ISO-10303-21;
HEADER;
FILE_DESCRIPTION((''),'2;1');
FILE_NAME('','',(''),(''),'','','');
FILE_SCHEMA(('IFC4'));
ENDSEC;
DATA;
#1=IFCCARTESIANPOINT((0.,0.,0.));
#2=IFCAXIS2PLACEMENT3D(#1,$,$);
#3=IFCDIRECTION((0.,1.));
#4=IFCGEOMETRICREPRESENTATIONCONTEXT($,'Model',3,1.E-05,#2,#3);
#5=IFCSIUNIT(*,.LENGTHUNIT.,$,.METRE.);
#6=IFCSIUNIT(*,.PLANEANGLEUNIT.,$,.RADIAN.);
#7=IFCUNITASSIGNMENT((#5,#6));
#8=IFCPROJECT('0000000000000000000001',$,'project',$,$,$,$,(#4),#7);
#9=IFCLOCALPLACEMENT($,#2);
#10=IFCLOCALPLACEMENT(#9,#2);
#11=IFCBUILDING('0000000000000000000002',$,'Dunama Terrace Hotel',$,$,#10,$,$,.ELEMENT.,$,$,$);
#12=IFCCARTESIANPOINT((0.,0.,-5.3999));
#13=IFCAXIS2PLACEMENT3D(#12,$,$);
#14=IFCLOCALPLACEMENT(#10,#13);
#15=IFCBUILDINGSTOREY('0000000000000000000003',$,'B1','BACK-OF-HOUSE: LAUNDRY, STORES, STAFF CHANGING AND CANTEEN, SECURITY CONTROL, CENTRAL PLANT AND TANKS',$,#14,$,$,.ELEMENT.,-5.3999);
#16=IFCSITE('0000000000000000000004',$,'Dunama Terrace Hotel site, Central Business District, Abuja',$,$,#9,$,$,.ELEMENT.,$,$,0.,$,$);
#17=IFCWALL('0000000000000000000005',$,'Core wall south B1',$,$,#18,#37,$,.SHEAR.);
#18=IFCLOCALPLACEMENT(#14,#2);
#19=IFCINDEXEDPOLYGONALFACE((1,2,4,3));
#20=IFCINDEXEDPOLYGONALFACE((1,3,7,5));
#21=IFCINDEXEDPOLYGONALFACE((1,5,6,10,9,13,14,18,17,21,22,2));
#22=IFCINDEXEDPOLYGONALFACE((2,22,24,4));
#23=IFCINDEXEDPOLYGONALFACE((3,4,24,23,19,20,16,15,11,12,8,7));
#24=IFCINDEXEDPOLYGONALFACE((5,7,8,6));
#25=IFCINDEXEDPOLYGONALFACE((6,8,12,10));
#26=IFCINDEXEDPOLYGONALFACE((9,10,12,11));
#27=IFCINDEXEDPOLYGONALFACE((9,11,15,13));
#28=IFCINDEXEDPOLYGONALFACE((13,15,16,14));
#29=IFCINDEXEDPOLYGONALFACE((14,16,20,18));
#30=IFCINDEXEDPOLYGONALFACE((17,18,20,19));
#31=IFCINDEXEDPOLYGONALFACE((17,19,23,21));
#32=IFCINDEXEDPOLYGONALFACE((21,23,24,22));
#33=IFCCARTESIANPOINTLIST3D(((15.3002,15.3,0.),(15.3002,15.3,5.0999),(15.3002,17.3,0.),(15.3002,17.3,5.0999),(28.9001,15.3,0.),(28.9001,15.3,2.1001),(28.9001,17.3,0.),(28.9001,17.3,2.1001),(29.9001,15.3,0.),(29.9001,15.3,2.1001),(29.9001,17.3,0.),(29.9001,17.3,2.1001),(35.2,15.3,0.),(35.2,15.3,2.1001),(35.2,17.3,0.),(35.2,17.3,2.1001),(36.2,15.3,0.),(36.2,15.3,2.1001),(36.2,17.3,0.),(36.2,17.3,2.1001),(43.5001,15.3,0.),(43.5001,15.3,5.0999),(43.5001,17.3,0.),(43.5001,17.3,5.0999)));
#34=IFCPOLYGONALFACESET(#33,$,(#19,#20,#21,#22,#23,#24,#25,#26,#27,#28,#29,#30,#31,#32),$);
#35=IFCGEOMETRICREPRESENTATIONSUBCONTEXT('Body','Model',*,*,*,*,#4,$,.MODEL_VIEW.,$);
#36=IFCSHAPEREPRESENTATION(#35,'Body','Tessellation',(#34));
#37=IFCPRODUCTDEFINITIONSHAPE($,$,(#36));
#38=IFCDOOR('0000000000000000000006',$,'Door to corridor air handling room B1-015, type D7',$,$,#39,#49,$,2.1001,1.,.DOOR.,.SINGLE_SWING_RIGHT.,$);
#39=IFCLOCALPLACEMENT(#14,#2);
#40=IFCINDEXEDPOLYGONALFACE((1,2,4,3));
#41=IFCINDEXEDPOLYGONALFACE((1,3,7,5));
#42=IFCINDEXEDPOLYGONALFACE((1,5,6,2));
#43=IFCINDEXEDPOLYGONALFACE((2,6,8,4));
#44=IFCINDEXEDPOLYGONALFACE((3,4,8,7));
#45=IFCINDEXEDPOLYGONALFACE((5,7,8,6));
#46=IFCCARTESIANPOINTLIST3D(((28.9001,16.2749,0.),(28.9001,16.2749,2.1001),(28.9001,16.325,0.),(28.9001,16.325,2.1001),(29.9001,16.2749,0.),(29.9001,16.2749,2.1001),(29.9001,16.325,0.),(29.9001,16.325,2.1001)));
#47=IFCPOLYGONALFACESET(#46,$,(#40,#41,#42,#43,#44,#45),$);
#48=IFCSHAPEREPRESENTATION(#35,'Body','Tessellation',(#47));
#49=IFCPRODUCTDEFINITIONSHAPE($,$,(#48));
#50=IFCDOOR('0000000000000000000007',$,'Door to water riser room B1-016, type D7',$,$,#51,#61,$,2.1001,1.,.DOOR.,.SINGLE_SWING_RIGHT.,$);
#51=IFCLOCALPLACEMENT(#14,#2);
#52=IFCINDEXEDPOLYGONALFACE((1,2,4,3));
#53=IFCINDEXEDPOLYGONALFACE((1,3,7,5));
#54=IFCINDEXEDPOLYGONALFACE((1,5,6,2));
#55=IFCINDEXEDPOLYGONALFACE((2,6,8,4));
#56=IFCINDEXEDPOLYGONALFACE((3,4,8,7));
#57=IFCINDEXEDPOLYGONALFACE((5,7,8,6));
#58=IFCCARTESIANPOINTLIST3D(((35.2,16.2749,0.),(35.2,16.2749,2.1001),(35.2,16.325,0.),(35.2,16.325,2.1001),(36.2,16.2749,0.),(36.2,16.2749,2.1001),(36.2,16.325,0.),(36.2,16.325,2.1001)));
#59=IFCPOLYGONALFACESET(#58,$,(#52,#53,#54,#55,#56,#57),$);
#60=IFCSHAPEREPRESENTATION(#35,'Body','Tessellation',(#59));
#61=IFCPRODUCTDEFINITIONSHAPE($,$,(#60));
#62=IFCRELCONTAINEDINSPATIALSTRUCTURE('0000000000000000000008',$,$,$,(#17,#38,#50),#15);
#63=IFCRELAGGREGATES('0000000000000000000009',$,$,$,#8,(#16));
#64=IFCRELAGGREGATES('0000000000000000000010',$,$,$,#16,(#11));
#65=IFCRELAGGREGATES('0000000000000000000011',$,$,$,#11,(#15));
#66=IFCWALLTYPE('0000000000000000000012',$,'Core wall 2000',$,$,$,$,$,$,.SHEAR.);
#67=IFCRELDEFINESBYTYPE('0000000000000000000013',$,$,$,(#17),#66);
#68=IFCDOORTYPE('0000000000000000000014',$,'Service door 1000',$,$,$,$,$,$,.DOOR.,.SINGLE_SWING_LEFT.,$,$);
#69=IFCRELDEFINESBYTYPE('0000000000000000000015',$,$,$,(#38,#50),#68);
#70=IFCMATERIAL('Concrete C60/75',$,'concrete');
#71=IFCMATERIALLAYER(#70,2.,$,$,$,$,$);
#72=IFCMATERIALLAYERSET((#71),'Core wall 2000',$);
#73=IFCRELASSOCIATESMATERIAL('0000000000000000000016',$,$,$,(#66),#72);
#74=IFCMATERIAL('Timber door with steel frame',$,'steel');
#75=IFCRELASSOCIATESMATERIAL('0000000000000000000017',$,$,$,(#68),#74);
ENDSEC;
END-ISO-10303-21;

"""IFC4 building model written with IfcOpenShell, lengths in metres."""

from ifc_helpers import new_model, si_unit, direction, frame, frame_2d, origin, place, context, subcontext, project, spatial, rectangle, extrude, material, layer, layer_set, type_object, element, fill, save


model = new_model("IFC4")

# Units and contexts
model_context = context("Model", 3, precision=1e-05, world=origin(), true_north=direction((0.0, 1.0)))
body_context = subcontext(model_context, "Body", "Model", "MODEL_VIEW")
ifc_project = project(units=[si_unit("LENGTHUNIT", "METRE"), si_unit("PLANEANGLEUNIT", "RADIAN")], contexts=[model_context])

# Site, building, storey
site_placement = place(None, origin())
site = spatial("IfcSite", under=ifc_project, at=site_placement, Name="Dunama Terrace Hotel site, Central Business District, Abuja", CompositionType="ELEMENT", RefElevation=0.0)
building_placement = place(site_placement, origin())
building = spatial("IfcBuilding", under=site, at=building_placement, Name="Dunama Terrace Hotel", CompositionType="ELEMENT")
storey_placement = place(building_placement, frame((0.0, 0.0, -5.3999)))
storey = spatial("IfcBuildingStorey", under=building, at=storey_placement, Name="B1", Description="BACK-OF-HOUSE: LAUNDRY, STORES, STAFF CHANGING AND CANTEEN, SECURITY CONTROL, CENTRAL PLANT AND TANKS", CompositionType="ELEMENT", Elevation=-5.3999)

# Wall, openings, doors
ifc_material_1 = material(Name="Concrete C60/75", Category="concrete")
ifc_layer_1 = layer(ifc_material_1, 2.0)
ifc_layer_set_1 = layer_set([ifc_layer_1], Name="Core wall 2000")
wall_type_1 = type_object("IfcWallType", Name="Core wall 2000", PredefinedType="SHEAR", material=ifc_layer_set_1)
wall_1_placement = place(storey_placement, frame((15.3, 16.3, 0.0), z_axis=(0.0, 0.0, 1.0), x_axis=(1.0, 0.0, 0.0)))
wall_1 = element("IfcWall", 1, at=wall_1_placement, inside=storey, type_object=wall_type_1, Name="Core wall south B1", PredefinedType="SHEAR", context=body_context, shape_type="SweptSolid", body=[
    extrude(rectangle(XDim=28.2, YDim=2.0, at=frame_2d((14.1001, 0.0))), origin(), (0.0, 0.0, 1.0), 5.0999),
])
opening_1_placement = place(wall_1_placement, frame((13.6001, 0.0, 0.0)))
opening_1 = element("IfcOpeningElement", 2, at=opening_1_placement, cuts=wall_1, PredefinedType="OPENING", context=body_context, shape_type="SweptSolid", body=[
    extrude(rectangle(XDim=1.0, YDim=2.1001, at=frame_2d((0.5, 1.05))), frame((0.0, 1.01, 0.0), z_axis=(0.0, -1.0, 0.0), x_axis=(1.0, 0.0, 0.0)), (0.0, 0.0, 1.0), 2.02),
])
opening_2_placement = place(wall_1_placement, frame((19.8999, 0.0, 0.0)))
opening_2 = element("IfcOpeningElement", 3, at=opening_2_placement, cuts=wall_1, PredefinedType="OPENING", context=body_context, shape_type="SweptSolid", body=[
    extrude(rectangle(XDim=1.0, YDim=2.1001, at=frame_2d((0.5, 1.05))), frame((0.0, 1.01, 0.0), z_axis=(0.0, -1.0, 0.0), x_axis=(1.0, 0.0, 0.0)), (0.0, 0.0, 1.0), 2.02),
])
ifc_material_2 = material(Name="Timber door with steel frame", Category="steel")
door_type = type_object("IfcDoorType", Name="Service door 1000", OperationType="SINGLE_SWING_LEFT", PredefinedType="DOOR", material=ifc_material_2)
door_1_placement = place(opening_1_placement, origin())
door_1 = element("IfcDoor", 4, at=door_1_placement, inside=storey, type_object=door_type, Name="Door to corridor air handling room B1-015, type D7", OperationType="SINGLE_SWING_RIGHT", OverallHeight=2.1001, OverallWidth=1.0, PredefinedType="DOOR", context=body_context, shape_type="SweptSolid", body=[
    extrude(rectangle(XDim=1.0, YDim=2.1001, at=frame_2d((0.5, 1.05))), frame((0.0, 0.0249, 0.0), z_axis=(0.0, -1.0, 0.0), x_axis=(1.0, 0.0, 0.0)), (0.0, 0.0, 1.0), 0.05),
])
fill(opening_1, door_1)
door_2_placement = place(opening_2_placement, origin())
door_2 = element("IfcDoor", 5, at=door_2_placement, inside=storey, type_object=door_type, Name="Door to water riser room B1-016, type D7", OperationType="SINGLE_SWING_RIGHT", OverallHeight=2.1001, OverallWidth=1.0, PredefinedType="DOOR", context=body_context, shape_type="SweptSolid", body=[
    extrude(rectangle(XDim=1.0, YDim=2.1001, at=frame_2d((0.5, 1.05))), frame((0.0, 0.0249, 0.0), z_axis=(0.0, -1.0, 0.0), x_axis=(1.0, 0.0, 0.0)), (0.0, 0.0, 1.0), 0.05),
])
fill(opening_2, door_2)

save(model, "model.ifc")
